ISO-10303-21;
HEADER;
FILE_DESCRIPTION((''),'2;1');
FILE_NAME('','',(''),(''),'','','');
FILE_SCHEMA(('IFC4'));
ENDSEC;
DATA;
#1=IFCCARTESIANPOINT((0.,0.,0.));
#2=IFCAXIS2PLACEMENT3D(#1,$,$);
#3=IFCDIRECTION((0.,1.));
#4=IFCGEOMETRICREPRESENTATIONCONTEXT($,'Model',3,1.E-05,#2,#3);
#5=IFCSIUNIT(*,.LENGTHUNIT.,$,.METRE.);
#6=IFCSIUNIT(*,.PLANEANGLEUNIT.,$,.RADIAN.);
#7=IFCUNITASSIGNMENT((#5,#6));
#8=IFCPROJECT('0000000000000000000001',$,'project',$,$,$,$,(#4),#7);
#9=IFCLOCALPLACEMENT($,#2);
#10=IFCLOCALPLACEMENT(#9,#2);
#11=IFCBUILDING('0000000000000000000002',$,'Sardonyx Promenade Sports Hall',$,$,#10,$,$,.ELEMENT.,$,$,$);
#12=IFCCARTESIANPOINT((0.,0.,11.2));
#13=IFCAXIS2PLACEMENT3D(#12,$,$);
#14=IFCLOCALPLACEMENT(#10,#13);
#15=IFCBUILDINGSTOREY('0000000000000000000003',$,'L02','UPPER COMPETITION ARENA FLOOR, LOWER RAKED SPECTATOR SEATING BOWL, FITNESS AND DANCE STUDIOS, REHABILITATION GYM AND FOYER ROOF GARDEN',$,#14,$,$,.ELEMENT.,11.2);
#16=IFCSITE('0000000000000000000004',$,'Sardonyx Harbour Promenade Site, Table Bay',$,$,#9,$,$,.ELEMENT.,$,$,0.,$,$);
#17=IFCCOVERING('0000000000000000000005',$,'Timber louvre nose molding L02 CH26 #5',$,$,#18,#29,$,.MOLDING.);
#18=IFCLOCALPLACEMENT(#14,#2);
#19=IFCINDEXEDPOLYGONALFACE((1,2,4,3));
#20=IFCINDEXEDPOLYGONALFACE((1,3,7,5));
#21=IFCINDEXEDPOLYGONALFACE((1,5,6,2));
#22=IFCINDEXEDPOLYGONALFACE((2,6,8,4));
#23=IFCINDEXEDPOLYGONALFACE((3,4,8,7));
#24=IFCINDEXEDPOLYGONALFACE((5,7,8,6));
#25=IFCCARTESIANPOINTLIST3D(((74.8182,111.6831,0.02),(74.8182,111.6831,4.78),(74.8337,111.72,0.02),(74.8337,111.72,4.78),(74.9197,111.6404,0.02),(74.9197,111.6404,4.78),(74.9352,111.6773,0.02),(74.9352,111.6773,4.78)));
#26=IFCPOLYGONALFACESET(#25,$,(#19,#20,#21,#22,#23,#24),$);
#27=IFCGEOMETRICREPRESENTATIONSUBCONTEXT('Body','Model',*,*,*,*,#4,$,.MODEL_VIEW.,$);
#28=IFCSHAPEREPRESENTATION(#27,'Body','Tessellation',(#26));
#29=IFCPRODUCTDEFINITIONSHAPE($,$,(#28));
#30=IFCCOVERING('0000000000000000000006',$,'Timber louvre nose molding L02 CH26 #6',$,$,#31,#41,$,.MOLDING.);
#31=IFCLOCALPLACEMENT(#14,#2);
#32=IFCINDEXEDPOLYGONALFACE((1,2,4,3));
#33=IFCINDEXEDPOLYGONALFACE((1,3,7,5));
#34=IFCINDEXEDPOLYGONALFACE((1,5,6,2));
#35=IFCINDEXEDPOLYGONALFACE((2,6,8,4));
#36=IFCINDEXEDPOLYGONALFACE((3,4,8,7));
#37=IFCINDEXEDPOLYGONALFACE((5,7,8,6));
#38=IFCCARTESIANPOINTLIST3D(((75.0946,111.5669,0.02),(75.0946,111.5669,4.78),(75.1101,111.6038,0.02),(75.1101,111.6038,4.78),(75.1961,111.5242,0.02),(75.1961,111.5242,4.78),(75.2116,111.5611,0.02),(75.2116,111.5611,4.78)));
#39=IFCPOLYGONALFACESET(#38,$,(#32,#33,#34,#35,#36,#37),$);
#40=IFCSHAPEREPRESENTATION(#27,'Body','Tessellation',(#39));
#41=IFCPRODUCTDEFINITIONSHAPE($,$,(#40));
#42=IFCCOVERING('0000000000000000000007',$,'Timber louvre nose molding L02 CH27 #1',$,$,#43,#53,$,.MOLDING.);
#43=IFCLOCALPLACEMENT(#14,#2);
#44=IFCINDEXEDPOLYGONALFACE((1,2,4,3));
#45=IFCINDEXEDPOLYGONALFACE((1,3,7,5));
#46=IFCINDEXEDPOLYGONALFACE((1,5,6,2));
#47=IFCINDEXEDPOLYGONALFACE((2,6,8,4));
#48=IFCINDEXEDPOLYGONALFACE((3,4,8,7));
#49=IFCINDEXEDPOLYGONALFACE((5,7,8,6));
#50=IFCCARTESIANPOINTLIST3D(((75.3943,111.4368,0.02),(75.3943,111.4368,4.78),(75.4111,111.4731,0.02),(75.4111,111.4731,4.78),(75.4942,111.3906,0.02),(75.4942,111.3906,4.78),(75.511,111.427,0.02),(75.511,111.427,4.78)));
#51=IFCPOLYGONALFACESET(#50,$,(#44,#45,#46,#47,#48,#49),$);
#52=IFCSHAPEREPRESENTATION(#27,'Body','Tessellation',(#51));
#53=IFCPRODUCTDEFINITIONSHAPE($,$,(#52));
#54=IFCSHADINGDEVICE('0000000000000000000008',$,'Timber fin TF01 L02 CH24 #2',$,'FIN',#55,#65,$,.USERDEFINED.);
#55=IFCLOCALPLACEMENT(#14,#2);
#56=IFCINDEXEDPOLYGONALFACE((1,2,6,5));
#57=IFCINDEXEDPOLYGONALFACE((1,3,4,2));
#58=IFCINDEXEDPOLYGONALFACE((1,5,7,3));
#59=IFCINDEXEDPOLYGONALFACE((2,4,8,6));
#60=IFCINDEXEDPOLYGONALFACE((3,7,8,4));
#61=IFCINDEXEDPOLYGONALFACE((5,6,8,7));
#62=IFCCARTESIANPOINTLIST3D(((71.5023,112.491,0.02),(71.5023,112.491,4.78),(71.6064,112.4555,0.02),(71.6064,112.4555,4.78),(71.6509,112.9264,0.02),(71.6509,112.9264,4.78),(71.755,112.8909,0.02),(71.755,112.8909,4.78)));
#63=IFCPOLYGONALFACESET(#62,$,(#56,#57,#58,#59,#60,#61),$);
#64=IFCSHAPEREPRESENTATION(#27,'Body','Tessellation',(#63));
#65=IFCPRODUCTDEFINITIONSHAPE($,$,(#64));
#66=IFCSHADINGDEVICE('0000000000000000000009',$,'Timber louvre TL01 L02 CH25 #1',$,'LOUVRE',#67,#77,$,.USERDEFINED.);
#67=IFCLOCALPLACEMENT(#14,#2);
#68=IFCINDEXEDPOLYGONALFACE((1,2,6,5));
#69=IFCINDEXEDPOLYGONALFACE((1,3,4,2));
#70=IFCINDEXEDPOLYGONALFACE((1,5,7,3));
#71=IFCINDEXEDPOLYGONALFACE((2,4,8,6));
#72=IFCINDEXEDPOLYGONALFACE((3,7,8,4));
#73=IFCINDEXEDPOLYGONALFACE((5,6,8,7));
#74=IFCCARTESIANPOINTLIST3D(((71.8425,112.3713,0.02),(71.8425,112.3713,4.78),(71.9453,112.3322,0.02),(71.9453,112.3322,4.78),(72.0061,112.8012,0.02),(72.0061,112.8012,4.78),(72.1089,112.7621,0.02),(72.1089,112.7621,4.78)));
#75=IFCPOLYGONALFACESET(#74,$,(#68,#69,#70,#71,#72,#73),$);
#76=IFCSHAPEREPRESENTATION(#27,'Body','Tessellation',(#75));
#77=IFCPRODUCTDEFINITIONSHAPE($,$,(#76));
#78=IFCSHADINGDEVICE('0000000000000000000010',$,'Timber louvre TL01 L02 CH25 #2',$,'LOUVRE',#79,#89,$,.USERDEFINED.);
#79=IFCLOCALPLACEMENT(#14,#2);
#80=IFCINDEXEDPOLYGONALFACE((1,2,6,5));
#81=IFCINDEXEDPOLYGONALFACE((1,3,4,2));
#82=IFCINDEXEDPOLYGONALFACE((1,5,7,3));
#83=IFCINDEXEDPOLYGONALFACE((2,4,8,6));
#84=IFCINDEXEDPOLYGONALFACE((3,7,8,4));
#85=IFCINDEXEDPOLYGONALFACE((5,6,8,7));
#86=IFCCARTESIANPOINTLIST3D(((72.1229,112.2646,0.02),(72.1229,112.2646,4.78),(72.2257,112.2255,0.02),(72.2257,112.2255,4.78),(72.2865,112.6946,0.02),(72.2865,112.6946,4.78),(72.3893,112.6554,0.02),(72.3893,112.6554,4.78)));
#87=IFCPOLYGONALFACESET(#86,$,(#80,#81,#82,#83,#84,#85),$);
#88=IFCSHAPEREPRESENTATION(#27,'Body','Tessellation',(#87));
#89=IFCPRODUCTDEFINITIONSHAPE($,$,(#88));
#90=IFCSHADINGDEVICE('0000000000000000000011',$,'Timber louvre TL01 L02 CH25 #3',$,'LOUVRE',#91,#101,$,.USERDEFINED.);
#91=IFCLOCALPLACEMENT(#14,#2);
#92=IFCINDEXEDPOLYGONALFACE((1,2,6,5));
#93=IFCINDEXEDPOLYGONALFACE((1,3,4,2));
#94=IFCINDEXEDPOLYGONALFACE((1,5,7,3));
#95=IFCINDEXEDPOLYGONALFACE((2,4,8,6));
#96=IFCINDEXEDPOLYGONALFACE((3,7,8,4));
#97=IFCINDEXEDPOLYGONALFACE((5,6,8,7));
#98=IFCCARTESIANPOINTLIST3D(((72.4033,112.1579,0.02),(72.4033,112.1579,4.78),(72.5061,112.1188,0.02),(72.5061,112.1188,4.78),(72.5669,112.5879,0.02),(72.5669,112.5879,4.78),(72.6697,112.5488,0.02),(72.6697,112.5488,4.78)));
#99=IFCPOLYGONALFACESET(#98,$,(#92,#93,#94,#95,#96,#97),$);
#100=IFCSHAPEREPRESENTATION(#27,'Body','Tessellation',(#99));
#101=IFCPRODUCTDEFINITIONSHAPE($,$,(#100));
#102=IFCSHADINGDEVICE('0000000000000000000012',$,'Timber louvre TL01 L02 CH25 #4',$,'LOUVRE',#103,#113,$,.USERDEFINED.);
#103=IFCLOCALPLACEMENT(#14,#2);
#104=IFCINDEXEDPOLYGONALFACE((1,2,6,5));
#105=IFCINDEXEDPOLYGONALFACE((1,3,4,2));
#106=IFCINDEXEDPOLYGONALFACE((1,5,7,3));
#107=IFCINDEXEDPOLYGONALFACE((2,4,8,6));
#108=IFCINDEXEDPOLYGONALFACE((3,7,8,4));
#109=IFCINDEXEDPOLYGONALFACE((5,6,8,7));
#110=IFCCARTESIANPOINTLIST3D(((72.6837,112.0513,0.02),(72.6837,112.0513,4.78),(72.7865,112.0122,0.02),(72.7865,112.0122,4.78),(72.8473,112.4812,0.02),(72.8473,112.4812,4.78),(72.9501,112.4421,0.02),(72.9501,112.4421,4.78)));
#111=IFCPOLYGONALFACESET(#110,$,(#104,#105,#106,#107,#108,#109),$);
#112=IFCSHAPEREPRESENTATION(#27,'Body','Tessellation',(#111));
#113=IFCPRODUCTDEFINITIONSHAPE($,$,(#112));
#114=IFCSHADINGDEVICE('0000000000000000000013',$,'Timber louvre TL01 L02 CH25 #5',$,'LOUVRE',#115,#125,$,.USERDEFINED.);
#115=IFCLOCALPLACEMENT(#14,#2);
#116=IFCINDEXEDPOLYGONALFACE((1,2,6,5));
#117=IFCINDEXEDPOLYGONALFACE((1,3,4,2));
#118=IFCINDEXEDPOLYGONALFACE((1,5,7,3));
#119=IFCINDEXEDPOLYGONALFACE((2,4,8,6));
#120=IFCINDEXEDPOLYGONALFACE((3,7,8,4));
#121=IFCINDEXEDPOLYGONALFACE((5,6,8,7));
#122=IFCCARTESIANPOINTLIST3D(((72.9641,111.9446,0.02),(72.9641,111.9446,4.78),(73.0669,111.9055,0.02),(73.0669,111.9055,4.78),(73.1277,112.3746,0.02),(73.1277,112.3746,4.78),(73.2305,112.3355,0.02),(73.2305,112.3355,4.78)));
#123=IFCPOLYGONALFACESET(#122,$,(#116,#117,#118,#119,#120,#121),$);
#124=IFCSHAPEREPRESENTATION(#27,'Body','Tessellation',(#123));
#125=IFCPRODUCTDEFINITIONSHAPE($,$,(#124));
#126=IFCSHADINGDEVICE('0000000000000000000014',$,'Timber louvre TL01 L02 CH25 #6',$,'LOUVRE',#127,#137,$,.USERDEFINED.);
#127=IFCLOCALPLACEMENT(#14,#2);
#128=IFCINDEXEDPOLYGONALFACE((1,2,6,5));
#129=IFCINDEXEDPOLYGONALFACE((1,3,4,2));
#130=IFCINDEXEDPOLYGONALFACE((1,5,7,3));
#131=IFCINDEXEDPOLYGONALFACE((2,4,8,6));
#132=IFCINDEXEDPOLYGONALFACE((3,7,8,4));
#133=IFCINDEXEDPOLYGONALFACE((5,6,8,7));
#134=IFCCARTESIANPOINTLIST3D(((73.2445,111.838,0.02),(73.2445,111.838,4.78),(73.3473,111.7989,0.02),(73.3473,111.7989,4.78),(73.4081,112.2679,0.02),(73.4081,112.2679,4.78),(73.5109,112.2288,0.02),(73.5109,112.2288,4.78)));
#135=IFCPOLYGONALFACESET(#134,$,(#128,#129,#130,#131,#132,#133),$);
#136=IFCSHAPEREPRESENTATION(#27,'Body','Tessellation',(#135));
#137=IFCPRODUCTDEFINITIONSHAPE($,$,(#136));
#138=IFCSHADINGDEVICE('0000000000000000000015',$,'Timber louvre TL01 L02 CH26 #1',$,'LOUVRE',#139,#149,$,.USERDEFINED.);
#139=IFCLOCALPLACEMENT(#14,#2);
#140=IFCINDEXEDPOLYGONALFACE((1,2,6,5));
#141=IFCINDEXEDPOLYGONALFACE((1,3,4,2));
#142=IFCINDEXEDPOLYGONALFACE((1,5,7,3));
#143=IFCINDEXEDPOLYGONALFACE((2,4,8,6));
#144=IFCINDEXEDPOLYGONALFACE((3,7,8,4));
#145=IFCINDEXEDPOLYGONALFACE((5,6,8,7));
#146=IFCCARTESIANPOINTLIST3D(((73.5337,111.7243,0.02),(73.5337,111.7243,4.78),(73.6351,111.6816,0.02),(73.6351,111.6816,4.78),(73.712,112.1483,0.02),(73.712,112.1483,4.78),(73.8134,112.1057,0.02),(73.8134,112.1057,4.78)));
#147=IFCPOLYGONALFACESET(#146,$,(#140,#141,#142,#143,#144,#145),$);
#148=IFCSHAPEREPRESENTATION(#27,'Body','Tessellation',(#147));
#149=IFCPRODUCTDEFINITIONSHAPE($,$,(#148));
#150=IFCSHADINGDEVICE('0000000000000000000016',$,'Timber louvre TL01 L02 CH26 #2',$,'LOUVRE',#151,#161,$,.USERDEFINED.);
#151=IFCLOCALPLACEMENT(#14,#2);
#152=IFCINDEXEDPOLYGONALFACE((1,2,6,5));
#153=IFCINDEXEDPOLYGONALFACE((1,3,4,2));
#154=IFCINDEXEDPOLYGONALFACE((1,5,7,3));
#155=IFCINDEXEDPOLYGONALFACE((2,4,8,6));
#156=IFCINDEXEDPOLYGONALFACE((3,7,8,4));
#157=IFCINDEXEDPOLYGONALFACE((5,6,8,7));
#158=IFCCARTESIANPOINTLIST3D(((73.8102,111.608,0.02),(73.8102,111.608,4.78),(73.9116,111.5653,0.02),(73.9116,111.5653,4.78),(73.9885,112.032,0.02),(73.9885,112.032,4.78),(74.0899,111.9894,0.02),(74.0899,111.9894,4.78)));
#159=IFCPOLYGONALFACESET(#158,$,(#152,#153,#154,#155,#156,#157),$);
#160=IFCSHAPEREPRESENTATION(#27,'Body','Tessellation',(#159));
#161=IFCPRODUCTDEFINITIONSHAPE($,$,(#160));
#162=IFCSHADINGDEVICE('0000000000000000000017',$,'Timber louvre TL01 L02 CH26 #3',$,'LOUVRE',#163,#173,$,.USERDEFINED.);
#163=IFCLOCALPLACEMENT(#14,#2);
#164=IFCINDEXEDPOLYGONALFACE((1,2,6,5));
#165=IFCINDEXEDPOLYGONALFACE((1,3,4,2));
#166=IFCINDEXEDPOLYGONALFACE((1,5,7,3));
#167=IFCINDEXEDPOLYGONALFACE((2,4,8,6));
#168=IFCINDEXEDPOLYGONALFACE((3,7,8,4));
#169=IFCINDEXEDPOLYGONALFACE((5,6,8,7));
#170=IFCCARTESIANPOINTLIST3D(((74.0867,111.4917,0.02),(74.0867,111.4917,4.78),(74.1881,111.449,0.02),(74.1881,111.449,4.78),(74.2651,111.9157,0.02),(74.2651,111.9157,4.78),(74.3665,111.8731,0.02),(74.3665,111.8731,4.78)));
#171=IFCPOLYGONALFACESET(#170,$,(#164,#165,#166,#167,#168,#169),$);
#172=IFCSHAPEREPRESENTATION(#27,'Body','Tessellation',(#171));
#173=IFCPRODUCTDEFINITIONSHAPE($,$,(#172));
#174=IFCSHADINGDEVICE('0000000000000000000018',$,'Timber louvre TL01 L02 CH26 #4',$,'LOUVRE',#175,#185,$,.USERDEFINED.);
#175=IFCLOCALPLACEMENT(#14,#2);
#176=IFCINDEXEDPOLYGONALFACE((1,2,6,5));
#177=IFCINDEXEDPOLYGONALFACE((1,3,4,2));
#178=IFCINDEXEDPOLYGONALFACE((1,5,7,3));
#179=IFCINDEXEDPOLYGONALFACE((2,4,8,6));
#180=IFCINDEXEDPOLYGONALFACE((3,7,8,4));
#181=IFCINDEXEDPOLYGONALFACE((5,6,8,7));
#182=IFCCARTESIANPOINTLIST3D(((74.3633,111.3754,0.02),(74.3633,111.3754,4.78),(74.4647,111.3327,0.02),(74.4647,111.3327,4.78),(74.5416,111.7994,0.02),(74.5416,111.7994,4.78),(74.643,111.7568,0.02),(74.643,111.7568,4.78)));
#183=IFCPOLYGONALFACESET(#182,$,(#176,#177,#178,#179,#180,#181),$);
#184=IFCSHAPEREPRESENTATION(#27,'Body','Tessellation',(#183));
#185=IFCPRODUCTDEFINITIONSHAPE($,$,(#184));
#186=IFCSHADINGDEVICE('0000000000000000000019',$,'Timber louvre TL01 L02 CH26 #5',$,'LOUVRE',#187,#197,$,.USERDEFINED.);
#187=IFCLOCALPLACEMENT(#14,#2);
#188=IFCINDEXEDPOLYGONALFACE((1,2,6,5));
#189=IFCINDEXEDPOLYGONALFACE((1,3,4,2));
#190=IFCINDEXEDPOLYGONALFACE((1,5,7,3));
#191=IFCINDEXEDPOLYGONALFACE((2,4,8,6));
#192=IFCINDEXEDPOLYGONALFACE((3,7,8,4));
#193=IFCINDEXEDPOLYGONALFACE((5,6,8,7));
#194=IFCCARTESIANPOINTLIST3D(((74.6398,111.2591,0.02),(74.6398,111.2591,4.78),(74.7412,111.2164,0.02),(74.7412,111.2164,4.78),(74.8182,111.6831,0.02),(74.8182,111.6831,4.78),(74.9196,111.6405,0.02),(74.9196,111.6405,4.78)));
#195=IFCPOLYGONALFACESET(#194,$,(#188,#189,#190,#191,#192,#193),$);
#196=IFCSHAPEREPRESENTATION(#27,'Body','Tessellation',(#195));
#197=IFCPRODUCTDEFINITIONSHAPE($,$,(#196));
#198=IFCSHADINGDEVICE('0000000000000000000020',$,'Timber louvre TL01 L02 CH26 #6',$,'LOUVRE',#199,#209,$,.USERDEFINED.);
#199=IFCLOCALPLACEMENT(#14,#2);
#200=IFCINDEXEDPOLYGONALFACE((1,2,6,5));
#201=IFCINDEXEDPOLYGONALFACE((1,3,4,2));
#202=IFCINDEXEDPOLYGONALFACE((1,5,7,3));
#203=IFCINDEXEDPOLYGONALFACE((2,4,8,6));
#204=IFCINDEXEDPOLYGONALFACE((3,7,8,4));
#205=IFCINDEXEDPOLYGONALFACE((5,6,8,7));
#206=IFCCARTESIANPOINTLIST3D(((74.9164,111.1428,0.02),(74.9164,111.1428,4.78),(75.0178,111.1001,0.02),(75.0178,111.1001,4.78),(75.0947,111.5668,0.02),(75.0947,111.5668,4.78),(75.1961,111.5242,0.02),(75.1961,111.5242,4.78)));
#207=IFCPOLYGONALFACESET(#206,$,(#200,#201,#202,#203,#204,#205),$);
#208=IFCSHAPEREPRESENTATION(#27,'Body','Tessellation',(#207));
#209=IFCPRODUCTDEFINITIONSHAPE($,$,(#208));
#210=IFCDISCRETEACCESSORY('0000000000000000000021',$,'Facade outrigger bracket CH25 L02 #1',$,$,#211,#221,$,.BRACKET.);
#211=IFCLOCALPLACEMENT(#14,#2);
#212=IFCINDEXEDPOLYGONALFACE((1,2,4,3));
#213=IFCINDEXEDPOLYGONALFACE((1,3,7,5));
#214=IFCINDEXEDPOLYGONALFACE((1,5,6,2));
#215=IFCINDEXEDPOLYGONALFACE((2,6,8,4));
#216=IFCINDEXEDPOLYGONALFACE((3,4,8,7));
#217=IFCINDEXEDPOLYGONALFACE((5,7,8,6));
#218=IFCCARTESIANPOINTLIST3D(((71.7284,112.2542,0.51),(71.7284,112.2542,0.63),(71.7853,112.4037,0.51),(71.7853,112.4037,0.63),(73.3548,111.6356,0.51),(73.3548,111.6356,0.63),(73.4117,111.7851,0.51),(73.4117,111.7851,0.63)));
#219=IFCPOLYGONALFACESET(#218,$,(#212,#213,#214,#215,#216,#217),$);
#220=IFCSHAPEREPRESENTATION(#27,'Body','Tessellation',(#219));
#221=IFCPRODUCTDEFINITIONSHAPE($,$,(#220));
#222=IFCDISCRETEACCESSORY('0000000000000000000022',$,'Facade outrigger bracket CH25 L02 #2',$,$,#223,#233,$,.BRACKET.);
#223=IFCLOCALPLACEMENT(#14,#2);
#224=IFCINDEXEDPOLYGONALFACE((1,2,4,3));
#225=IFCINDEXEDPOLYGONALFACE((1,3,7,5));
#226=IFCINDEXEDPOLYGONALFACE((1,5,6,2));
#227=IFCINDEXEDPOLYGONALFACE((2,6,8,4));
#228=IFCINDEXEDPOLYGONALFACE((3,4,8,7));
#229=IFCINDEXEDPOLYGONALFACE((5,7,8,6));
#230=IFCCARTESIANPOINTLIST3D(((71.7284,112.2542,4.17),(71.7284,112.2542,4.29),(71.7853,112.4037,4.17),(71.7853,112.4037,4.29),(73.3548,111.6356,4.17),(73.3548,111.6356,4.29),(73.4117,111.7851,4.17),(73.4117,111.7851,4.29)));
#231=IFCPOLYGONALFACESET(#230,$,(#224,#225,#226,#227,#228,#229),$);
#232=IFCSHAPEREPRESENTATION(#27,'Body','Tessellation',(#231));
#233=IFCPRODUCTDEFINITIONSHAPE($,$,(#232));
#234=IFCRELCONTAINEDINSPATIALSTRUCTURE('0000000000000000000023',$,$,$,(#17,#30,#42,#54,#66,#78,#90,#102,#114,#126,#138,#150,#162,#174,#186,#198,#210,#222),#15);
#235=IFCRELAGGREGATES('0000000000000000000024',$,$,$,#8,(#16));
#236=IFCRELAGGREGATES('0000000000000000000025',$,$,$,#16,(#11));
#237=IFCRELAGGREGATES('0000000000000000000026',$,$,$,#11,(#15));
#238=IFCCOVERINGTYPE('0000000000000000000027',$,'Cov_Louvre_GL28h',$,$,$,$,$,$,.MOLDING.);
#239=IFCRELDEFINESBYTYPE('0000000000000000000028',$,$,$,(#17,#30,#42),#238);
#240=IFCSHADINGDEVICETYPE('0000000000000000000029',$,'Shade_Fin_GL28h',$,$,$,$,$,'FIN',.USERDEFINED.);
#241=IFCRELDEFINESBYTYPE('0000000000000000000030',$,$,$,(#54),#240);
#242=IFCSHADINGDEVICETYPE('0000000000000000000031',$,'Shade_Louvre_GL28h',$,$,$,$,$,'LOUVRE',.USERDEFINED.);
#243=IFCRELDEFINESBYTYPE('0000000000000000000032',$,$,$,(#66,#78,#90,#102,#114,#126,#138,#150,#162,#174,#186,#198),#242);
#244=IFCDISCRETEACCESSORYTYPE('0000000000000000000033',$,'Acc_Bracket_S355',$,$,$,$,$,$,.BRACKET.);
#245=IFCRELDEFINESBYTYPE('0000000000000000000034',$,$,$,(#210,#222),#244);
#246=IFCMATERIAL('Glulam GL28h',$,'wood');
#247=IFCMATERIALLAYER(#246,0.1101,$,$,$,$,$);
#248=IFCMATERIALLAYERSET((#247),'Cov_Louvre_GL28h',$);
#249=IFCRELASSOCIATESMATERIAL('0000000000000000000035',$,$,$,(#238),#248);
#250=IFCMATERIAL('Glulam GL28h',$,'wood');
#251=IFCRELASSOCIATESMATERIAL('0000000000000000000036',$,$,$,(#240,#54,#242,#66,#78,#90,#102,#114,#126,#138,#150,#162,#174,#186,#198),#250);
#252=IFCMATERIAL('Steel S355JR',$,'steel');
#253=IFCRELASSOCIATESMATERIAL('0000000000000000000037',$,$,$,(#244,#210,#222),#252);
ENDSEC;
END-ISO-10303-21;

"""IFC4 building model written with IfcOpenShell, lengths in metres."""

from ifc_helpers import new_model, si_unit, direction, frame, origin, origin_2d, place, context, subcontext, project, spatial, rectangle, extrude, material, layer, layer_set, type_object, element, save


model = new_model("IFC4")

# Units and contexts
model_context = context("Model", 3, precision=1e-05, world=origin(), true_north=direction((0.0, 1.0)))
body_context = subcontext(model_context, "Body", "Model", "MODEL_VIEW")
ifc_project = project(units=[si_unit("LENGTHUNIT", "METRE"), si_unit("PLANEANGLEUNIT", "RADIAN")], contexts=[model_context])

# Site, building, storey
site_placement = place(None, origin())
site = spatial("IfcSite", under=ifc_project, at=site_placement, Name="Sardonyx Harbour Promenade Site, Table Bay", CompositionType="ELEMENT", RefElevation=0.0)
building_placement = place(site_placement, origin())
building = spatial("IfcBuilding", under=site, at=building_placement, Name="Sardonyx Promenade Sports Hall", CompositionType="ELEMENT")
storey_placement = place(building_placement, frame((0.0, 0.0, 11.2)))
storey = spatial("IfcBuildingStorey", under=building, at=storey_placement, Name="L02", Description="UPPER COMPETITION ARENA FLOOR, LOWER RAKED SPECTATOR SEATING BOWL, FITNESS AND DANCE STUDIOS, REHABILITATION GYM AND FOYER ROOF GARDEN", CompositionType="ELEMENT", Elevation=11.2)

# Coverings
ifc_material_1 = material(Name="Glulam GL28h", Category="wood")
ifc_layer_1 = layer(ifc_material_1, 0.1101)
ifc_layer_set_1 = layer_set([ifc_layer_1], Name="Cov_Louvre_GL28h")
covering_type = type_object("IfcCoveringType", Name="Cov_Louvre_GL28h", PredefinedType="MOLDING", material=ifc_layer_set_1)
for number, where, z_axis, x_axis, name in (
    (1, (74.8767, 111.6802, 0.02), (0.0, 0.0, 1.0), (0.9218, -0.387665, 0.0), "Timber louvre nose molding L02 CH26 #5"),
    (2, (75.1531, 111.564, 0.02), (0.0, 0.0, 1.0), (0.9218, -0.387665, 0.0), "Timber louvre nose molding L02 CH26 #6"),
    (3, (75.4526, 111.4319, 0.02), (0.0, 0.0, 1.0), (0.907831, -0.419336, 0.0), "Timber louvre nose molding L02 CH27 #1"),
):
    element("IfcCovering", number, at=place(storey_placement, frame(where, z_axis=z_axis, x_axis=x_axis)), inside=storey, type_object=covering_type, Name=name, PredefinedType="MOLDING", context=body_context, shape_type="SweptSolid", body=[
        extrude(rectangle(XDim=0.1101, YDim=0.04, at=origin_2d()), origin(), (0.0, 0.0, 1.0), 4.76),
    ])

# Shading devices
ifc_material_2 = material(Name="Glulam GL28h", Category="wood")
shading_device_type_1 = type_object("IfcShadingDeviceType", Name="Shade_Fin_GL28h", ElementType="FIN", PredefinedType="USERDEFINED", material=ifc_material_2)
shading_device_placement = place(storey_placement, frame((71.6286, 112.6909, 0.02), z_axis=(0.0, 0.0, 1.0), x_axis=(0.946411, -0.322966, 0.0)))
element("IfcShadingDevice", 4, at=shading_device_placement, inside=storey, type_object=shading_device_type_1, material=ifc_material_2, Name="Timber fin TF01 L02 CH24 #2", ObjectType="FIN", PredefinedType="USERDEFINED", context=body_context, shape_type="SweptSolid", body=[
    extrude(rectangle(XDim=0.11, YDim=0.46), origin(), (0.0, 0.0, 1.0), 4.76),
])
shading_device_type_2 = type_object("IfcShadingDeviceType", Name="Shade_Louvre_GL28h", ElementType="LOUVRE", PredefinedType="USERDEFINED", material=ifc_material_2)
for number, where, z_axis, x_axis, name in (
    (5, (71.9757, 112.5667, 0.02), (0.0, 0.0, 1.0), (0.934666, -0.355528, 0.0), "Timber louvre TL01 L02 CH25 #1"),
    (6, (72.2561, 112.46, 0.02), (0.0, 0.0, 1.0), (0.934666, -0.355528, 0.0), "Timber louvre TL01 L02 CH25 #2"),
    (7, (72.5365, 112.3534, 0.02), (0.0, 0.0, 1.0), (0.934666, -0.355528, 0.0), "Timber louvre TL01 L02 CH25 #3"),
    (8, (72.8169, 112.2467, 0.02), (0.0, 0.0, 1.0), (0.934666, -0.355528, 0.0), "Timber louvre TL01 L02 CH25 #4"),
    (9, (73.0973, 112.1401, 0.02), (0.0, 0.0, 1.0), (0.934666, -0.355528, 0.0), "Timber louvre TL01 L02 CH25 #5"),
    (10, (73.3777, 112.0334, 0.02), (0.0, 0.0, 1.0), (0.934666, -0.355528, 0.0), "Timber louvre TL01 L02 CH25 #6"),
    (11, (73.6735, 111.915, 0.02), (0.0, 0.0, 1.0), (0.9218, -0.387665, 0.0), "Timber louvre TL01 L02 CH26 #1"),
    (12, (73.9501, 111.7987, 0.02), (0.0, 0.0, 1.0), (0.9218, -0.387665, 0.0), "Timber louvre TL01 L02 CH26 #2"),
    (13, (74.2266, 111.6824, 0.02), (0.0, 0.0, 1.0), (0.9218, -0.387665, 0.0), "Timber louvre TL01 L02 CH26 #3"),
    (14, (74.5032, 111.5661, 0.02), (0.0, 0.0, 1.0), (0.9218, -0.387665, 0.0), "Timber louvre TL01 L02 CH26 #4"),
    (15, (74.7797, 111.4498, 0.02), (0.0, 0.0, 1.0), (0.9218, -0.387665, 0.0), "Timber louvre TL01 L02 CH26 #5"),
    (16, (75.0562, 111.3335, 0.02), (0.0, 0.0, 1.0), (0.9218, -0.387665, 0.0), "Timber louvre TL01 L02 CH26 #6"),
):
    element("IfcShadingDevice", number, at=place(storey_placement, frame(where, z_axis=z_axis, x_axis=x_axis)), inside=storey, type_object=shading_device_type_2, material=ifc_material_2, Name=name, ObjectType="LOUVRE", PredefinedType="USERDEFINED", context=body_context, shape_type="SweptSolid", body=[
        extrude(rectangle(XDim=0.11, YDim=0.46), origin(), (0.0, 0.0, 1.0), 4.76),
    ])

# Discrete accessories
ifc_material_3 = material(Name="Steel S355JR", Category="steel")
discrete_accessory_type = type_object("IfcDiscreteAccessoryType", Name="Acc_Bracket_S355", PredefinedType="BRACKET", material=ifc_material_3)
for number, where, z_axis, x_axis, name in (
    (17, (72.5701, 112.0196, 0.51), (0.0, 0.0, 1.0), (0.934666, -0.355528, 0.0), "Facade outrigger bracket CH25 L02 #1"),
    (18, (72.5701, 112.0196, 4.17), (0.0, 0.0, 1.0), (0.934666, -0.355528, 0.0), "Facade outrigger bracket CH25 L02 #2"),
):
    element("IfcDiscreteAccessory", number, at=place(storey_placement, frame(where, z_axis=z_axis, x_axis=x_axis)), inside=storey, type_object=discrete_accessory_type, material=ifc_material_3, Name=name, PredefinedType="BRACKET", context=body_context, shape_type="SweptSolid", body=[
        extrude(rectangle(XDim=1.74, YDim=0.16), origin(), (0.0, 0.0, 1.0), 0.12),
    ])

save(model, "model.ifc")
